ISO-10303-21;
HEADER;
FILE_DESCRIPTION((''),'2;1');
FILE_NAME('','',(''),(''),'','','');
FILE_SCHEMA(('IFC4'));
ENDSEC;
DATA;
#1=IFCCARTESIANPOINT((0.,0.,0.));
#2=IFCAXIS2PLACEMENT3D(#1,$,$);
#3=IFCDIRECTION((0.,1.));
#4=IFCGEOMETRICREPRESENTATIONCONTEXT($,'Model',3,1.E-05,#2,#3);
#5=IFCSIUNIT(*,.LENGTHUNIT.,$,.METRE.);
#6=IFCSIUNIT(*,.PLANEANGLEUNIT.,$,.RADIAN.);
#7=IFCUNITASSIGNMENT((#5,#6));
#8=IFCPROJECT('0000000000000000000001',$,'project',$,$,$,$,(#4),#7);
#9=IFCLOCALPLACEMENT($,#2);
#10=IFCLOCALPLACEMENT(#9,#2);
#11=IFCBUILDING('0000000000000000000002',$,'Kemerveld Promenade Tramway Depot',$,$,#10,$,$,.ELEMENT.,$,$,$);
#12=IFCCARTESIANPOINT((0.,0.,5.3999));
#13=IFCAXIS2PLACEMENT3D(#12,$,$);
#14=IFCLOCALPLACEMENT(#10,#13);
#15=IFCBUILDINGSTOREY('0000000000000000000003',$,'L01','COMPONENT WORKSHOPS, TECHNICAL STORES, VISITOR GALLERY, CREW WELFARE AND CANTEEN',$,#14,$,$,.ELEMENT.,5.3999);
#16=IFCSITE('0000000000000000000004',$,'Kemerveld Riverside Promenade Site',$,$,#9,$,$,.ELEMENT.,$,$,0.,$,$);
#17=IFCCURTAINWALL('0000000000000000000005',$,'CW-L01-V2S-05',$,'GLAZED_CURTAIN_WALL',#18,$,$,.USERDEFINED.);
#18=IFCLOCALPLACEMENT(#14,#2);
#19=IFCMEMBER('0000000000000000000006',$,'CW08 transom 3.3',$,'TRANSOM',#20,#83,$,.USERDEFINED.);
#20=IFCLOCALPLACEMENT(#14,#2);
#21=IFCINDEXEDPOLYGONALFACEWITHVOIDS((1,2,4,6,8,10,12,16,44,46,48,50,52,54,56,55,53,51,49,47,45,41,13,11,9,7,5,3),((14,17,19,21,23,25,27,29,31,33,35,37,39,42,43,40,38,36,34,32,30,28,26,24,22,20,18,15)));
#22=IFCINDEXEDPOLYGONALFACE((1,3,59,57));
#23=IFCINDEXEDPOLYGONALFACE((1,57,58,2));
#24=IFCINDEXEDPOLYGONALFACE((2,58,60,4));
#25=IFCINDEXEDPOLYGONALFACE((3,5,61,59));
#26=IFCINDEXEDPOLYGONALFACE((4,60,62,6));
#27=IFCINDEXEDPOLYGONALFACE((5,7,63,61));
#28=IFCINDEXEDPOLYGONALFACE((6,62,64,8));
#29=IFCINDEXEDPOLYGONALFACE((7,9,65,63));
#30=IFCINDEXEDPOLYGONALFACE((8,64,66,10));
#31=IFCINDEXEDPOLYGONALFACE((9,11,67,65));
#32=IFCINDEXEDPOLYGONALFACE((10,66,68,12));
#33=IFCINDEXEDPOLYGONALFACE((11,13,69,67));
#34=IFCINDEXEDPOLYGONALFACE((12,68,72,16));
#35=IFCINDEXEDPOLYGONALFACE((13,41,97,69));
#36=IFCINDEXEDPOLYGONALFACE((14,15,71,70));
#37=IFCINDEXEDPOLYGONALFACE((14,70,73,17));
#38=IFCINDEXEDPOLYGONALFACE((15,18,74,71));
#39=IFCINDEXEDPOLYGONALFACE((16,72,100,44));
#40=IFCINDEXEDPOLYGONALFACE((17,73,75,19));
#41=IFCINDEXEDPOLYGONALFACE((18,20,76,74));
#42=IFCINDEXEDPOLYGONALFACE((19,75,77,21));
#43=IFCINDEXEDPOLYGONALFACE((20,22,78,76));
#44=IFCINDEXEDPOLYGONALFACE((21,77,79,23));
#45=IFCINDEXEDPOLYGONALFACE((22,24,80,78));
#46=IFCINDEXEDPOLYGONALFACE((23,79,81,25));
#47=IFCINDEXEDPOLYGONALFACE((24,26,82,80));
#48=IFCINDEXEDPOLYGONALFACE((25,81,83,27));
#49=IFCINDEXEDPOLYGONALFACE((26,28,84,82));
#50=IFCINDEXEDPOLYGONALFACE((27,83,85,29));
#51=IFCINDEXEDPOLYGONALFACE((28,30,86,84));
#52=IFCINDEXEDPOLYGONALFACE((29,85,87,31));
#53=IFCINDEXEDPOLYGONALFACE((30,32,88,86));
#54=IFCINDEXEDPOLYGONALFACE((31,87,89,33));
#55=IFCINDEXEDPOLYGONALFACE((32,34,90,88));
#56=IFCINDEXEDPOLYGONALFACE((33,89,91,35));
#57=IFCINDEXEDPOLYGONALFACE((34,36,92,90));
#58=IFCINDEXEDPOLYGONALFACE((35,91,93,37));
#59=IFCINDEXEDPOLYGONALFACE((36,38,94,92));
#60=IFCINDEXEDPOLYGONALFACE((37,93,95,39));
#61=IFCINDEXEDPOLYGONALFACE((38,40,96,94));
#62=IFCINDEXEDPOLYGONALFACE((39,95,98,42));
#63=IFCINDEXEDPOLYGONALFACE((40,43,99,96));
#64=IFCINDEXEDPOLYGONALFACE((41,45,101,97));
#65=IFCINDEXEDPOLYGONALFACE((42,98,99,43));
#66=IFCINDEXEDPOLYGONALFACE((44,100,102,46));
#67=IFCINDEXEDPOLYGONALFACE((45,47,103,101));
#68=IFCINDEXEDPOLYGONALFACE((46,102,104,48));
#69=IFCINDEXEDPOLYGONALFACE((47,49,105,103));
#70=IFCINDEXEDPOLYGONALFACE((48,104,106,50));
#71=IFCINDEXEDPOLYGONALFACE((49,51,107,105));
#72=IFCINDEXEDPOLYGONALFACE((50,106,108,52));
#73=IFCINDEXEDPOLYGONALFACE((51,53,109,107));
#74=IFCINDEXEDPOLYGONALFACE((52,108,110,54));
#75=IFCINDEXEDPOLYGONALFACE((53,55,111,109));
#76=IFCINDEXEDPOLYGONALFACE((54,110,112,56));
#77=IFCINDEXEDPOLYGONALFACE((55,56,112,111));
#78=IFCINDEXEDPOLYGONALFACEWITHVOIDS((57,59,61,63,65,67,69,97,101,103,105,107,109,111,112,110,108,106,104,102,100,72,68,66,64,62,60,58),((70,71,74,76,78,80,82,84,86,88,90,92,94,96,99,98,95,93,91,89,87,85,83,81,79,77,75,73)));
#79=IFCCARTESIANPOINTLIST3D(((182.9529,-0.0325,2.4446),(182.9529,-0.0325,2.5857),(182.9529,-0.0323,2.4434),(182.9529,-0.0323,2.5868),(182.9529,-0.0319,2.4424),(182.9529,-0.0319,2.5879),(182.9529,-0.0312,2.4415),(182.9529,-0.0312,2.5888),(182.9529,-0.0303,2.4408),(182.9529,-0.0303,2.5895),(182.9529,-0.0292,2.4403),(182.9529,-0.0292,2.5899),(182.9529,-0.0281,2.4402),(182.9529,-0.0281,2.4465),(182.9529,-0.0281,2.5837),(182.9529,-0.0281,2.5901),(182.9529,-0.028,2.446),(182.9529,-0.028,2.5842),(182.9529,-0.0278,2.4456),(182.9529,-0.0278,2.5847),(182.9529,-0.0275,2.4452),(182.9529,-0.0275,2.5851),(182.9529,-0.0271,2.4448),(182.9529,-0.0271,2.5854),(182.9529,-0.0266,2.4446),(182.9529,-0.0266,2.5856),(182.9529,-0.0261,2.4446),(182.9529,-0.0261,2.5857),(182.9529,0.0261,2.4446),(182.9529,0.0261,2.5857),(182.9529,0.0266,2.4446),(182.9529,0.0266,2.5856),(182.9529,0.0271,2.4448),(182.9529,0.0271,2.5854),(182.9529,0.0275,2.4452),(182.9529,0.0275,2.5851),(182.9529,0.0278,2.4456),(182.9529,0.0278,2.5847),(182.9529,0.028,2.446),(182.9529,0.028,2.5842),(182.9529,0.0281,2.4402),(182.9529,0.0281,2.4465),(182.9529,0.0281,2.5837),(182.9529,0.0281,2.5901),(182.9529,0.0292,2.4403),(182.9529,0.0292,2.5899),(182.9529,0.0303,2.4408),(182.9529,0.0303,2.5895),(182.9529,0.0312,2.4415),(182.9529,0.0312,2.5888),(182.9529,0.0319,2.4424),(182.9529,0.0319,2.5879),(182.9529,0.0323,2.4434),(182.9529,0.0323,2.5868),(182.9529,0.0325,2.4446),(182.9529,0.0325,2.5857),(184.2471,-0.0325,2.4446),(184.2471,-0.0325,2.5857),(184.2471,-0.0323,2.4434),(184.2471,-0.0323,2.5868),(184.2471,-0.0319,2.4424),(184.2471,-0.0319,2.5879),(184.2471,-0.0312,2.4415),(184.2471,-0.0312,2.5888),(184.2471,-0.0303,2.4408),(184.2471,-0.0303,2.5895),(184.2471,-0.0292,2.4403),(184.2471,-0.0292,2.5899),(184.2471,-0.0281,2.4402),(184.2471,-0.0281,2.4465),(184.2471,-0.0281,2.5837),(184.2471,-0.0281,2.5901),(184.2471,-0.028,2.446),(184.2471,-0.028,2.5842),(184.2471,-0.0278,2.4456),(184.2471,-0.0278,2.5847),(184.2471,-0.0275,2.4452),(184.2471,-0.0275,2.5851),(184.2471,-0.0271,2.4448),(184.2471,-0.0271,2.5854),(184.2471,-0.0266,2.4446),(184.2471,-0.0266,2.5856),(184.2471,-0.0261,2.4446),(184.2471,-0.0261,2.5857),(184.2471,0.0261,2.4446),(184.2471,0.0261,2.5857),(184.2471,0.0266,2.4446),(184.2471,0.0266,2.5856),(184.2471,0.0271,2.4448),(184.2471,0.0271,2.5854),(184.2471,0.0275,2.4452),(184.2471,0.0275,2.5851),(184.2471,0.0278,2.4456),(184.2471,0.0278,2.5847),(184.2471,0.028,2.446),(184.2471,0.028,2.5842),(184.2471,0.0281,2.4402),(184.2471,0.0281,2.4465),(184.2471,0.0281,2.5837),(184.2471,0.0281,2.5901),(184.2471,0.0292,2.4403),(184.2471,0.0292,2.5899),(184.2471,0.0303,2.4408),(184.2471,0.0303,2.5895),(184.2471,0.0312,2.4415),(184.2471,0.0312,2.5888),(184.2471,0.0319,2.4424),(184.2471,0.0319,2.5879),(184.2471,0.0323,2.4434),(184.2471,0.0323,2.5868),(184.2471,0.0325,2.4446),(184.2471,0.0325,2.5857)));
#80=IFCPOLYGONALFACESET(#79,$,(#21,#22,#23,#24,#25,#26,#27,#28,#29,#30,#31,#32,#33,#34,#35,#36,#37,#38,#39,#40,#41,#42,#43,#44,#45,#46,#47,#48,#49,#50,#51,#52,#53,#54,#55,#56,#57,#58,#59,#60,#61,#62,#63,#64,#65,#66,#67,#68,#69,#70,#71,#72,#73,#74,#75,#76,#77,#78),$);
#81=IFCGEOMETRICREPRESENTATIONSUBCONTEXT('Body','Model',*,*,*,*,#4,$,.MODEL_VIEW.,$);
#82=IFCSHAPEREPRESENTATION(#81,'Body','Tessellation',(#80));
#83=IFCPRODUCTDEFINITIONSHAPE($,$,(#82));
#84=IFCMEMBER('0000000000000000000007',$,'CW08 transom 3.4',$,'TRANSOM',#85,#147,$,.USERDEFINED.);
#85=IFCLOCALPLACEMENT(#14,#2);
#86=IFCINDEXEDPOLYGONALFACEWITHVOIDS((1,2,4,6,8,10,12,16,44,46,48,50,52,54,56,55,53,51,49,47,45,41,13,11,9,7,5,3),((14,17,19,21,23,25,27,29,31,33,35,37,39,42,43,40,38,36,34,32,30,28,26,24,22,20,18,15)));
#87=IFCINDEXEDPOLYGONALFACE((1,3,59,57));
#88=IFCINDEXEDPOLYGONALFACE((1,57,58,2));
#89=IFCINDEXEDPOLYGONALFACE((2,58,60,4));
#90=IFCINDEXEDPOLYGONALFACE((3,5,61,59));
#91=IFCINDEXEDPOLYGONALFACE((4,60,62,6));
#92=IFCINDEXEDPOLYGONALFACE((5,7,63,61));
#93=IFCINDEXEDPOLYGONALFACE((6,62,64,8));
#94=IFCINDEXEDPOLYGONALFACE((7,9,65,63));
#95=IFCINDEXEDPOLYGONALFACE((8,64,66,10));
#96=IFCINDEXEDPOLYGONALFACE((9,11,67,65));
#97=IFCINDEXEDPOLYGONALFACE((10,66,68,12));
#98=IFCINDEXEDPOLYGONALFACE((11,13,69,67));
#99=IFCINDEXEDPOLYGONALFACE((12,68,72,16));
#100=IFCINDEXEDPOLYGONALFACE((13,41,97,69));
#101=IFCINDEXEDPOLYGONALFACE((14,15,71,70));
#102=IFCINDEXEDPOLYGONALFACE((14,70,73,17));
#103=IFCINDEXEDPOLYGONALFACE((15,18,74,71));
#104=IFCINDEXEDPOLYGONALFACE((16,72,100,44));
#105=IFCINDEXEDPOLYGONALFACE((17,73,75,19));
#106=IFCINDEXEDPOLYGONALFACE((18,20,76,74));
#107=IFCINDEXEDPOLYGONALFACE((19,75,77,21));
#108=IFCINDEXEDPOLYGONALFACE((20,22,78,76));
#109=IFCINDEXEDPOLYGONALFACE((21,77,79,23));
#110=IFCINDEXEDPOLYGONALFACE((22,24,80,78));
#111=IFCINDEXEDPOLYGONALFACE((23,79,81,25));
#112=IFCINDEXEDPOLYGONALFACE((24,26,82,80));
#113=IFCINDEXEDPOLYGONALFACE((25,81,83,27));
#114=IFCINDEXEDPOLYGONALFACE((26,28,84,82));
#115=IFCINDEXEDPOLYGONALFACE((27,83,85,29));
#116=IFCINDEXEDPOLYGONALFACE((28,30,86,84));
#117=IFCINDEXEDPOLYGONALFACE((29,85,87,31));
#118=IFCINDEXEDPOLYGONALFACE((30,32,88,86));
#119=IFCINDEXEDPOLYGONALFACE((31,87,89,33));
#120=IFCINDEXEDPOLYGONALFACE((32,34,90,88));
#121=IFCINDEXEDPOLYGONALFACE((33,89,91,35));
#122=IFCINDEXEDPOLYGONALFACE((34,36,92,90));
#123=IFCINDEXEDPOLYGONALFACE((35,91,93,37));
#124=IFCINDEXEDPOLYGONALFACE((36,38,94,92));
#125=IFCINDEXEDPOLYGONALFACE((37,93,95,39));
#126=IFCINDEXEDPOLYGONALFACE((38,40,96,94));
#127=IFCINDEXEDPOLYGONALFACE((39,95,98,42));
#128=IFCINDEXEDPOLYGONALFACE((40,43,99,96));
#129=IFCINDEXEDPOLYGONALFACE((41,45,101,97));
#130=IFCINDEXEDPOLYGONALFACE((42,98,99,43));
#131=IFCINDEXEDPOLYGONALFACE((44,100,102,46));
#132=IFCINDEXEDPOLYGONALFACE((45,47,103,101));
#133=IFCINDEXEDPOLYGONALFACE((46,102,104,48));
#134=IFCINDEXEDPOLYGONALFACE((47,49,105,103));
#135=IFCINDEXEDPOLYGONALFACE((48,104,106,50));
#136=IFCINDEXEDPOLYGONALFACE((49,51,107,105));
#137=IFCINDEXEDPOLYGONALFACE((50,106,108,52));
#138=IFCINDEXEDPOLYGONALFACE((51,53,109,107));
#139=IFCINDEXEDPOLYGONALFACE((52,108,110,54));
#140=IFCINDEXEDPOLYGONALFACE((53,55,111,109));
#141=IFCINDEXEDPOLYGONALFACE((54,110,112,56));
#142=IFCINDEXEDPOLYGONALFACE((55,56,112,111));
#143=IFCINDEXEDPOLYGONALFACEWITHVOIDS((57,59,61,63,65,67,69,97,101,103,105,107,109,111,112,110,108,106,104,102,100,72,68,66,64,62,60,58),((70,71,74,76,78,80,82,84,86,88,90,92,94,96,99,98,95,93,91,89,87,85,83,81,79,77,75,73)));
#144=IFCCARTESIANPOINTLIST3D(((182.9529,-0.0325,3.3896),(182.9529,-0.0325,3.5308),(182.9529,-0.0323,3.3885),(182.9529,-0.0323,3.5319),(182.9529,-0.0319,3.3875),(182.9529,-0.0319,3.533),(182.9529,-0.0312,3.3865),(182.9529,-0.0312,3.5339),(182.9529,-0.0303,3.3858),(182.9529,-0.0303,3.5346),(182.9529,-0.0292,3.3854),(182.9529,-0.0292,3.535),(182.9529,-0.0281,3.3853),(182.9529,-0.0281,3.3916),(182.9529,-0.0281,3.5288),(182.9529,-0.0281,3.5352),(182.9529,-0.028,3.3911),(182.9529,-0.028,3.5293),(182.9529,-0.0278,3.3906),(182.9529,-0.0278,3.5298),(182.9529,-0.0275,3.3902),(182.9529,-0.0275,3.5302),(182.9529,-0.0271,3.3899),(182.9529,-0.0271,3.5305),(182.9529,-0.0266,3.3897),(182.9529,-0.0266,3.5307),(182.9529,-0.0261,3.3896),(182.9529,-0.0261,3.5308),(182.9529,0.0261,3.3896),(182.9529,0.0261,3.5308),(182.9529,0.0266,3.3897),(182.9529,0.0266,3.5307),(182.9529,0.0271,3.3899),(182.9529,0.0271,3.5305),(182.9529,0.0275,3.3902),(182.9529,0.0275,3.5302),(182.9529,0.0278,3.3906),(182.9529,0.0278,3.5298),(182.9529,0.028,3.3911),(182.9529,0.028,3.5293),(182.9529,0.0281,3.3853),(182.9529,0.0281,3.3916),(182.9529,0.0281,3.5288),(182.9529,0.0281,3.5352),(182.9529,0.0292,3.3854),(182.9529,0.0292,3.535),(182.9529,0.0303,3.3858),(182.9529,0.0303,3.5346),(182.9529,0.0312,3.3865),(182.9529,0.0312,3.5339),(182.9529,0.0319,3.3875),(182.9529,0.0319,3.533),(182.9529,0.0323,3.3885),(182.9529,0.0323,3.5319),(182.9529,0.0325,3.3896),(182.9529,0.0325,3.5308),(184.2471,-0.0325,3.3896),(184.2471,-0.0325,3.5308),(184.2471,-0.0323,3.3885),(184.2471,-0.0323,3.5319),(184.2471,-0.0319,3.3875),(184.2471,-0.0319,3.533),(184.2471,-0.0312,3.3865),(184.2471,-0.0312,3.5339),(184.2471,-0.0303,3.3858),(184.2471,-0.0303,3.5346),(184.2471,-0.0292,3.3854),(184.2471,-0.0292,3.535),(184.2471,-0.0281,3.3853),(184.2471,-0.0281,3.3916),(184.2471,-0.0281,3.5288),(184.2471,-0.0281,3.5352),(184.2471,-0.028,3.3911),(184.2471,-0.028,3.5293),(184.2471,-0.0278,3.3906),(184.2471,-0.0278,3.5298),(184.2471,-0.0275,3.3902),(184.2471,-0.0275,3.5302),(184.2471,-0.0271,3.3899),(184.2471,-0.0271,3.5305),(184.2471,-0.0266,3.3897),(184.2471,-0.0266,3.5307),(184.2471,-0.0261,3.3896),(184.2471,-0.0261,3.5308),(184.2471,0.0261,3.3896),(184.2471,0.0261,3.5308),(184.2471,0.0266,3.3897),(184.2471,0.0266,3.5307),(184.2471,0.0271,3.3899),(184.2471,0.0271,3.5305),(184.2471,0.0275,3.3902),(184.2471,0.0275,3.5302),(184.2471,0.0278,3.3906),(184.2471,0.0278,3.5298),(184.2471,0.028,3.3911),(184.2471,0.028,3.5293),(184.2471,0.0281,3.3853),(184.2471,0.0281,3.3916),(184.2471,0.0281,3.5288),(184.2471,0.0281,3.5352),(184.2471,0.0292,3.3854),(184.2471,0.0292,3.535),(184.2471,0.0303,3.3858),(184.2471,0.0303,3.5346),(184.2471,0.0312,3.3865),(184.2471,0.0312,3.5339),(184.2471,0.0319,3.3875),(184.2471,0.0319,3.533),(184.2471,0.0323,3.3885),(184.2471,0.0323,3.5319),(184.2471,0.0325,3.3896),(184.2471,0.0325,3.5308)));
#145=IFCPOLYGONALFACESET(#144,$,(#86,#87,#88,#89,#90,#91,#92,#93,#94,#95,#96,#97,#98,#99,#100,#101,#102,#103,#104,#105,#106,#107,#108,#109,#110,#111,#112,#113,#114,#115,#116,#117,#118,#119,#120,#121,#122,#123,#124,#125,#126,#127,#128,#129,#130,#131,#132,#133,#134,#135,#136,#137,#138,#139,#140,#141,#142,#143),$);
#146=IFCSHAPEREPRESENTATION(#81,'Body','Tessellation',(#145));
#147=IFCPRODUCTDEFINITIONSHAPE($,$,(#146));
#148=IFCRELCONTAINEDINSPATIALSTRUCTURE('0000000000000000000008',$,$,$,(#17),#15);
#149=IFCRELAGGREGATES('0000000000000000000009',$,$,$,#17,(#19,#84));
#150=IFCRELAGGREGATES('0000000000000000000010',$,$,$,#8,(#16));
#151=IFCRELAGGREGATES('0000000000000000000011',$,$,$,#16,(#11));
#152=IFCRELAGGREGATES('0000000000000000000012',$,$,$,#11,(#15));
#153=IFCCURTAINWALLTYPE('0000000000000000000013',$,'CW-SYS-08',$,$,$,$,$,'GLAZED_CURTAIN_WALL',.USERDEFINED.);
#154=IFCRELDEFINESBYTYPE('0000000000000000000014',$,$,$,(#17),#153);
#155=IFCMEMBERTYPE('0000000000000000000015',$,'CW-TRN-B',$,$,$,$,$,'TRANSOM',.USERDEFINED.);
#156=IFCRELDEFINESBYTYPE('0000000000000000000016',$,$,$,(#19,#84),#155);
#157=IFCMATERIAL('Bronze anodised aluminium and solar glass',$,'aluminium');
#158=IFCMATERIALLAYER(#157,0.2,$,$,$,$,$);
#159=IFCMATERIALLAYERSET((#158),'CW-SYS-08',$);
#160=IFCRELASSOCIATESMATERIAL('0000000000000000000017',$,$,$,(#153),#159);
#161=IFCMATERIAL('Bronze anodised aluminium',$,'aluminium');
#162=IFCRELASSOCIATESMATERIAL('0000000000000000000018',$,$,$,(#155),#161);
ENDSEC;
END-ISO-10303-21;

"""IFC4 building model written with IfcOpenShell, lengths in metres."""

from ifc_helpers import new_model, si_unit, direction, frame, origin, origin_2d, place, context, subcontext, project, spatial, hollow_rectangle, extrude, material, layer, layer_set, material_profile, profile_set, type_object, element, aggregate, save


model = new_model("IFC4")

# Units and contexts
model_context = context("Model", 3, precision=1e-05, world=origin(), true_north=direction((0.0, 1.0)))
body_context = subcontext(model_context, "Body", "Model", "MODEL_VIEW")
ifc_project = project(units=[si_unit("LENGTHUNIT", "METRE"), si_unit("PLANEANGLEUNIT", "RADIAN")], contexts=[model_context])

# Site, building, storey
site_placement = place(None, origin())
site = spatial("IfcSite", under=ifc_project, at=site_placement, Name="Kemerveld Riverside Promenade Site", CompositionType="ELEMENT", RefElevation=0.0)
building_placement = place(site_placement, origin())
building = spatial("IfcBuilding", under=site, at=building_placement, Name="Kemerveld Promenade Tramway Depot", CompositionType="ELEMENT")
storey_placement = place(building_placement, frame((0.0, 0.0, 5.3999)))
storey = spatial("IfcBuildingStorey", under=building, at=storey_placement, Name="L01", Description="COMPONENT WORKSHOPS, TECHNICAL STORES, VISITOR GALLERY, CREW WELFARE AND CANTEEN", CompositionType="ELEMENT", Elevation=5.3999)

# Curtain wall, members
ifc_material_1 = material(Name="Bronze anodised aluminium and solar glass", Category="aluminium")
ifc_layer_1 = layer(ifc_material_1, 0.2)
ifc_layer_set_1 = layer_set([ifc_layer_1], Name="CW-SYS-08")
curtain_wall_type = type_object("IfcCurtainWallType", Name="CW-SYS-08", ElementType="GLAZED_CURTAIN_WALL", PredefinedType="USERDEFINED", material=ifc_layer_set_1)
curtain_wall_placement = place(storey_placement, origin())
curtain_wall = element("IfcCurtainWall", 1, at=curtain_wall_placement, inside=storey, type_object=curtain_wall_type, Name="CW-L01-V2S-05", ObjectType="GLAZED_CURTAIN_WALL", PredefinedType="USERDEFINED")
ifc_material_2 = material(Name="Bronze anodised aluminium", Category="aluminium")
ifc_material_profile_1 = material_profile(ifc_material_2, hollow_rectangle(XDim=0.0649, YDim=0.1499, WallThickness=0.0044, InnerFilletRadius=0.002, OuterFilletRadius=0.0044, at=origin_2d()), Name="CW-TRN-150x65")
ifc_profile_set_1 = profile_set([ifc_material_profile_1], Name="Bronze anodised aluminium")
member_type_1 = type_object("IfcMemberType", Name="CW-TRN-B", ElementType="TRANSOM", PredefinedType="USERDEFINED", material=ifc_profile_set_1)
member_1_placement = place(storey_placement, frame((184.2471, 0.0, 2.5151), z_axis=(-1.0, 0.0, 0.0), x_axis=(0.0, -1.0, 0.0)))
member_1 = element("IfcMember", 2, at=member_1_placement, type_object=member_type_1, Name="CW08 transom 3.3", ObjectType="TRANSOM", PredefinedType="USERDEFINED", context=body_context, shape_type="SweptSolid", body=[
    extrude(hollow_rectangle(XDim=0.0649, YDim=0.1499, WallThickness=0.0044, InnerFilletRadius=0.002, OuterFilletRadius=0.0044, at=origin_2d()), origin(), (0.0, 0.0, 1.0), 1.2942),
])
member_2_placement = place(storey_placement, frame((184.2471, 0.0, 3.4602), z_axis=(-1.0, 0.0, 0.0), x_axis=(0.0, -1.0, 0.0)))
member_2 = element("IfcMember", 3, at=member_2_placement, type_object=member_type_1, Name="CW08 transom 3.4", ObjectType="TRANSOM", PredefinedType="USERDEFINED", context=body_context, shape_type="SweptSolid", body=[
    extrude(hollow_rectangle(XDim=0.0649, YDim=0.1499, WallThickness=0.0044, InnerFilletRadius=0.002, OuterFilletRadius=0.0044, at=origin_2d()), origin(), (0.0, 0.0, 1.0), 1.2942),
])
aggregate(curtain_wall, [member_1, member_2])

save(model, "model.ifc")
